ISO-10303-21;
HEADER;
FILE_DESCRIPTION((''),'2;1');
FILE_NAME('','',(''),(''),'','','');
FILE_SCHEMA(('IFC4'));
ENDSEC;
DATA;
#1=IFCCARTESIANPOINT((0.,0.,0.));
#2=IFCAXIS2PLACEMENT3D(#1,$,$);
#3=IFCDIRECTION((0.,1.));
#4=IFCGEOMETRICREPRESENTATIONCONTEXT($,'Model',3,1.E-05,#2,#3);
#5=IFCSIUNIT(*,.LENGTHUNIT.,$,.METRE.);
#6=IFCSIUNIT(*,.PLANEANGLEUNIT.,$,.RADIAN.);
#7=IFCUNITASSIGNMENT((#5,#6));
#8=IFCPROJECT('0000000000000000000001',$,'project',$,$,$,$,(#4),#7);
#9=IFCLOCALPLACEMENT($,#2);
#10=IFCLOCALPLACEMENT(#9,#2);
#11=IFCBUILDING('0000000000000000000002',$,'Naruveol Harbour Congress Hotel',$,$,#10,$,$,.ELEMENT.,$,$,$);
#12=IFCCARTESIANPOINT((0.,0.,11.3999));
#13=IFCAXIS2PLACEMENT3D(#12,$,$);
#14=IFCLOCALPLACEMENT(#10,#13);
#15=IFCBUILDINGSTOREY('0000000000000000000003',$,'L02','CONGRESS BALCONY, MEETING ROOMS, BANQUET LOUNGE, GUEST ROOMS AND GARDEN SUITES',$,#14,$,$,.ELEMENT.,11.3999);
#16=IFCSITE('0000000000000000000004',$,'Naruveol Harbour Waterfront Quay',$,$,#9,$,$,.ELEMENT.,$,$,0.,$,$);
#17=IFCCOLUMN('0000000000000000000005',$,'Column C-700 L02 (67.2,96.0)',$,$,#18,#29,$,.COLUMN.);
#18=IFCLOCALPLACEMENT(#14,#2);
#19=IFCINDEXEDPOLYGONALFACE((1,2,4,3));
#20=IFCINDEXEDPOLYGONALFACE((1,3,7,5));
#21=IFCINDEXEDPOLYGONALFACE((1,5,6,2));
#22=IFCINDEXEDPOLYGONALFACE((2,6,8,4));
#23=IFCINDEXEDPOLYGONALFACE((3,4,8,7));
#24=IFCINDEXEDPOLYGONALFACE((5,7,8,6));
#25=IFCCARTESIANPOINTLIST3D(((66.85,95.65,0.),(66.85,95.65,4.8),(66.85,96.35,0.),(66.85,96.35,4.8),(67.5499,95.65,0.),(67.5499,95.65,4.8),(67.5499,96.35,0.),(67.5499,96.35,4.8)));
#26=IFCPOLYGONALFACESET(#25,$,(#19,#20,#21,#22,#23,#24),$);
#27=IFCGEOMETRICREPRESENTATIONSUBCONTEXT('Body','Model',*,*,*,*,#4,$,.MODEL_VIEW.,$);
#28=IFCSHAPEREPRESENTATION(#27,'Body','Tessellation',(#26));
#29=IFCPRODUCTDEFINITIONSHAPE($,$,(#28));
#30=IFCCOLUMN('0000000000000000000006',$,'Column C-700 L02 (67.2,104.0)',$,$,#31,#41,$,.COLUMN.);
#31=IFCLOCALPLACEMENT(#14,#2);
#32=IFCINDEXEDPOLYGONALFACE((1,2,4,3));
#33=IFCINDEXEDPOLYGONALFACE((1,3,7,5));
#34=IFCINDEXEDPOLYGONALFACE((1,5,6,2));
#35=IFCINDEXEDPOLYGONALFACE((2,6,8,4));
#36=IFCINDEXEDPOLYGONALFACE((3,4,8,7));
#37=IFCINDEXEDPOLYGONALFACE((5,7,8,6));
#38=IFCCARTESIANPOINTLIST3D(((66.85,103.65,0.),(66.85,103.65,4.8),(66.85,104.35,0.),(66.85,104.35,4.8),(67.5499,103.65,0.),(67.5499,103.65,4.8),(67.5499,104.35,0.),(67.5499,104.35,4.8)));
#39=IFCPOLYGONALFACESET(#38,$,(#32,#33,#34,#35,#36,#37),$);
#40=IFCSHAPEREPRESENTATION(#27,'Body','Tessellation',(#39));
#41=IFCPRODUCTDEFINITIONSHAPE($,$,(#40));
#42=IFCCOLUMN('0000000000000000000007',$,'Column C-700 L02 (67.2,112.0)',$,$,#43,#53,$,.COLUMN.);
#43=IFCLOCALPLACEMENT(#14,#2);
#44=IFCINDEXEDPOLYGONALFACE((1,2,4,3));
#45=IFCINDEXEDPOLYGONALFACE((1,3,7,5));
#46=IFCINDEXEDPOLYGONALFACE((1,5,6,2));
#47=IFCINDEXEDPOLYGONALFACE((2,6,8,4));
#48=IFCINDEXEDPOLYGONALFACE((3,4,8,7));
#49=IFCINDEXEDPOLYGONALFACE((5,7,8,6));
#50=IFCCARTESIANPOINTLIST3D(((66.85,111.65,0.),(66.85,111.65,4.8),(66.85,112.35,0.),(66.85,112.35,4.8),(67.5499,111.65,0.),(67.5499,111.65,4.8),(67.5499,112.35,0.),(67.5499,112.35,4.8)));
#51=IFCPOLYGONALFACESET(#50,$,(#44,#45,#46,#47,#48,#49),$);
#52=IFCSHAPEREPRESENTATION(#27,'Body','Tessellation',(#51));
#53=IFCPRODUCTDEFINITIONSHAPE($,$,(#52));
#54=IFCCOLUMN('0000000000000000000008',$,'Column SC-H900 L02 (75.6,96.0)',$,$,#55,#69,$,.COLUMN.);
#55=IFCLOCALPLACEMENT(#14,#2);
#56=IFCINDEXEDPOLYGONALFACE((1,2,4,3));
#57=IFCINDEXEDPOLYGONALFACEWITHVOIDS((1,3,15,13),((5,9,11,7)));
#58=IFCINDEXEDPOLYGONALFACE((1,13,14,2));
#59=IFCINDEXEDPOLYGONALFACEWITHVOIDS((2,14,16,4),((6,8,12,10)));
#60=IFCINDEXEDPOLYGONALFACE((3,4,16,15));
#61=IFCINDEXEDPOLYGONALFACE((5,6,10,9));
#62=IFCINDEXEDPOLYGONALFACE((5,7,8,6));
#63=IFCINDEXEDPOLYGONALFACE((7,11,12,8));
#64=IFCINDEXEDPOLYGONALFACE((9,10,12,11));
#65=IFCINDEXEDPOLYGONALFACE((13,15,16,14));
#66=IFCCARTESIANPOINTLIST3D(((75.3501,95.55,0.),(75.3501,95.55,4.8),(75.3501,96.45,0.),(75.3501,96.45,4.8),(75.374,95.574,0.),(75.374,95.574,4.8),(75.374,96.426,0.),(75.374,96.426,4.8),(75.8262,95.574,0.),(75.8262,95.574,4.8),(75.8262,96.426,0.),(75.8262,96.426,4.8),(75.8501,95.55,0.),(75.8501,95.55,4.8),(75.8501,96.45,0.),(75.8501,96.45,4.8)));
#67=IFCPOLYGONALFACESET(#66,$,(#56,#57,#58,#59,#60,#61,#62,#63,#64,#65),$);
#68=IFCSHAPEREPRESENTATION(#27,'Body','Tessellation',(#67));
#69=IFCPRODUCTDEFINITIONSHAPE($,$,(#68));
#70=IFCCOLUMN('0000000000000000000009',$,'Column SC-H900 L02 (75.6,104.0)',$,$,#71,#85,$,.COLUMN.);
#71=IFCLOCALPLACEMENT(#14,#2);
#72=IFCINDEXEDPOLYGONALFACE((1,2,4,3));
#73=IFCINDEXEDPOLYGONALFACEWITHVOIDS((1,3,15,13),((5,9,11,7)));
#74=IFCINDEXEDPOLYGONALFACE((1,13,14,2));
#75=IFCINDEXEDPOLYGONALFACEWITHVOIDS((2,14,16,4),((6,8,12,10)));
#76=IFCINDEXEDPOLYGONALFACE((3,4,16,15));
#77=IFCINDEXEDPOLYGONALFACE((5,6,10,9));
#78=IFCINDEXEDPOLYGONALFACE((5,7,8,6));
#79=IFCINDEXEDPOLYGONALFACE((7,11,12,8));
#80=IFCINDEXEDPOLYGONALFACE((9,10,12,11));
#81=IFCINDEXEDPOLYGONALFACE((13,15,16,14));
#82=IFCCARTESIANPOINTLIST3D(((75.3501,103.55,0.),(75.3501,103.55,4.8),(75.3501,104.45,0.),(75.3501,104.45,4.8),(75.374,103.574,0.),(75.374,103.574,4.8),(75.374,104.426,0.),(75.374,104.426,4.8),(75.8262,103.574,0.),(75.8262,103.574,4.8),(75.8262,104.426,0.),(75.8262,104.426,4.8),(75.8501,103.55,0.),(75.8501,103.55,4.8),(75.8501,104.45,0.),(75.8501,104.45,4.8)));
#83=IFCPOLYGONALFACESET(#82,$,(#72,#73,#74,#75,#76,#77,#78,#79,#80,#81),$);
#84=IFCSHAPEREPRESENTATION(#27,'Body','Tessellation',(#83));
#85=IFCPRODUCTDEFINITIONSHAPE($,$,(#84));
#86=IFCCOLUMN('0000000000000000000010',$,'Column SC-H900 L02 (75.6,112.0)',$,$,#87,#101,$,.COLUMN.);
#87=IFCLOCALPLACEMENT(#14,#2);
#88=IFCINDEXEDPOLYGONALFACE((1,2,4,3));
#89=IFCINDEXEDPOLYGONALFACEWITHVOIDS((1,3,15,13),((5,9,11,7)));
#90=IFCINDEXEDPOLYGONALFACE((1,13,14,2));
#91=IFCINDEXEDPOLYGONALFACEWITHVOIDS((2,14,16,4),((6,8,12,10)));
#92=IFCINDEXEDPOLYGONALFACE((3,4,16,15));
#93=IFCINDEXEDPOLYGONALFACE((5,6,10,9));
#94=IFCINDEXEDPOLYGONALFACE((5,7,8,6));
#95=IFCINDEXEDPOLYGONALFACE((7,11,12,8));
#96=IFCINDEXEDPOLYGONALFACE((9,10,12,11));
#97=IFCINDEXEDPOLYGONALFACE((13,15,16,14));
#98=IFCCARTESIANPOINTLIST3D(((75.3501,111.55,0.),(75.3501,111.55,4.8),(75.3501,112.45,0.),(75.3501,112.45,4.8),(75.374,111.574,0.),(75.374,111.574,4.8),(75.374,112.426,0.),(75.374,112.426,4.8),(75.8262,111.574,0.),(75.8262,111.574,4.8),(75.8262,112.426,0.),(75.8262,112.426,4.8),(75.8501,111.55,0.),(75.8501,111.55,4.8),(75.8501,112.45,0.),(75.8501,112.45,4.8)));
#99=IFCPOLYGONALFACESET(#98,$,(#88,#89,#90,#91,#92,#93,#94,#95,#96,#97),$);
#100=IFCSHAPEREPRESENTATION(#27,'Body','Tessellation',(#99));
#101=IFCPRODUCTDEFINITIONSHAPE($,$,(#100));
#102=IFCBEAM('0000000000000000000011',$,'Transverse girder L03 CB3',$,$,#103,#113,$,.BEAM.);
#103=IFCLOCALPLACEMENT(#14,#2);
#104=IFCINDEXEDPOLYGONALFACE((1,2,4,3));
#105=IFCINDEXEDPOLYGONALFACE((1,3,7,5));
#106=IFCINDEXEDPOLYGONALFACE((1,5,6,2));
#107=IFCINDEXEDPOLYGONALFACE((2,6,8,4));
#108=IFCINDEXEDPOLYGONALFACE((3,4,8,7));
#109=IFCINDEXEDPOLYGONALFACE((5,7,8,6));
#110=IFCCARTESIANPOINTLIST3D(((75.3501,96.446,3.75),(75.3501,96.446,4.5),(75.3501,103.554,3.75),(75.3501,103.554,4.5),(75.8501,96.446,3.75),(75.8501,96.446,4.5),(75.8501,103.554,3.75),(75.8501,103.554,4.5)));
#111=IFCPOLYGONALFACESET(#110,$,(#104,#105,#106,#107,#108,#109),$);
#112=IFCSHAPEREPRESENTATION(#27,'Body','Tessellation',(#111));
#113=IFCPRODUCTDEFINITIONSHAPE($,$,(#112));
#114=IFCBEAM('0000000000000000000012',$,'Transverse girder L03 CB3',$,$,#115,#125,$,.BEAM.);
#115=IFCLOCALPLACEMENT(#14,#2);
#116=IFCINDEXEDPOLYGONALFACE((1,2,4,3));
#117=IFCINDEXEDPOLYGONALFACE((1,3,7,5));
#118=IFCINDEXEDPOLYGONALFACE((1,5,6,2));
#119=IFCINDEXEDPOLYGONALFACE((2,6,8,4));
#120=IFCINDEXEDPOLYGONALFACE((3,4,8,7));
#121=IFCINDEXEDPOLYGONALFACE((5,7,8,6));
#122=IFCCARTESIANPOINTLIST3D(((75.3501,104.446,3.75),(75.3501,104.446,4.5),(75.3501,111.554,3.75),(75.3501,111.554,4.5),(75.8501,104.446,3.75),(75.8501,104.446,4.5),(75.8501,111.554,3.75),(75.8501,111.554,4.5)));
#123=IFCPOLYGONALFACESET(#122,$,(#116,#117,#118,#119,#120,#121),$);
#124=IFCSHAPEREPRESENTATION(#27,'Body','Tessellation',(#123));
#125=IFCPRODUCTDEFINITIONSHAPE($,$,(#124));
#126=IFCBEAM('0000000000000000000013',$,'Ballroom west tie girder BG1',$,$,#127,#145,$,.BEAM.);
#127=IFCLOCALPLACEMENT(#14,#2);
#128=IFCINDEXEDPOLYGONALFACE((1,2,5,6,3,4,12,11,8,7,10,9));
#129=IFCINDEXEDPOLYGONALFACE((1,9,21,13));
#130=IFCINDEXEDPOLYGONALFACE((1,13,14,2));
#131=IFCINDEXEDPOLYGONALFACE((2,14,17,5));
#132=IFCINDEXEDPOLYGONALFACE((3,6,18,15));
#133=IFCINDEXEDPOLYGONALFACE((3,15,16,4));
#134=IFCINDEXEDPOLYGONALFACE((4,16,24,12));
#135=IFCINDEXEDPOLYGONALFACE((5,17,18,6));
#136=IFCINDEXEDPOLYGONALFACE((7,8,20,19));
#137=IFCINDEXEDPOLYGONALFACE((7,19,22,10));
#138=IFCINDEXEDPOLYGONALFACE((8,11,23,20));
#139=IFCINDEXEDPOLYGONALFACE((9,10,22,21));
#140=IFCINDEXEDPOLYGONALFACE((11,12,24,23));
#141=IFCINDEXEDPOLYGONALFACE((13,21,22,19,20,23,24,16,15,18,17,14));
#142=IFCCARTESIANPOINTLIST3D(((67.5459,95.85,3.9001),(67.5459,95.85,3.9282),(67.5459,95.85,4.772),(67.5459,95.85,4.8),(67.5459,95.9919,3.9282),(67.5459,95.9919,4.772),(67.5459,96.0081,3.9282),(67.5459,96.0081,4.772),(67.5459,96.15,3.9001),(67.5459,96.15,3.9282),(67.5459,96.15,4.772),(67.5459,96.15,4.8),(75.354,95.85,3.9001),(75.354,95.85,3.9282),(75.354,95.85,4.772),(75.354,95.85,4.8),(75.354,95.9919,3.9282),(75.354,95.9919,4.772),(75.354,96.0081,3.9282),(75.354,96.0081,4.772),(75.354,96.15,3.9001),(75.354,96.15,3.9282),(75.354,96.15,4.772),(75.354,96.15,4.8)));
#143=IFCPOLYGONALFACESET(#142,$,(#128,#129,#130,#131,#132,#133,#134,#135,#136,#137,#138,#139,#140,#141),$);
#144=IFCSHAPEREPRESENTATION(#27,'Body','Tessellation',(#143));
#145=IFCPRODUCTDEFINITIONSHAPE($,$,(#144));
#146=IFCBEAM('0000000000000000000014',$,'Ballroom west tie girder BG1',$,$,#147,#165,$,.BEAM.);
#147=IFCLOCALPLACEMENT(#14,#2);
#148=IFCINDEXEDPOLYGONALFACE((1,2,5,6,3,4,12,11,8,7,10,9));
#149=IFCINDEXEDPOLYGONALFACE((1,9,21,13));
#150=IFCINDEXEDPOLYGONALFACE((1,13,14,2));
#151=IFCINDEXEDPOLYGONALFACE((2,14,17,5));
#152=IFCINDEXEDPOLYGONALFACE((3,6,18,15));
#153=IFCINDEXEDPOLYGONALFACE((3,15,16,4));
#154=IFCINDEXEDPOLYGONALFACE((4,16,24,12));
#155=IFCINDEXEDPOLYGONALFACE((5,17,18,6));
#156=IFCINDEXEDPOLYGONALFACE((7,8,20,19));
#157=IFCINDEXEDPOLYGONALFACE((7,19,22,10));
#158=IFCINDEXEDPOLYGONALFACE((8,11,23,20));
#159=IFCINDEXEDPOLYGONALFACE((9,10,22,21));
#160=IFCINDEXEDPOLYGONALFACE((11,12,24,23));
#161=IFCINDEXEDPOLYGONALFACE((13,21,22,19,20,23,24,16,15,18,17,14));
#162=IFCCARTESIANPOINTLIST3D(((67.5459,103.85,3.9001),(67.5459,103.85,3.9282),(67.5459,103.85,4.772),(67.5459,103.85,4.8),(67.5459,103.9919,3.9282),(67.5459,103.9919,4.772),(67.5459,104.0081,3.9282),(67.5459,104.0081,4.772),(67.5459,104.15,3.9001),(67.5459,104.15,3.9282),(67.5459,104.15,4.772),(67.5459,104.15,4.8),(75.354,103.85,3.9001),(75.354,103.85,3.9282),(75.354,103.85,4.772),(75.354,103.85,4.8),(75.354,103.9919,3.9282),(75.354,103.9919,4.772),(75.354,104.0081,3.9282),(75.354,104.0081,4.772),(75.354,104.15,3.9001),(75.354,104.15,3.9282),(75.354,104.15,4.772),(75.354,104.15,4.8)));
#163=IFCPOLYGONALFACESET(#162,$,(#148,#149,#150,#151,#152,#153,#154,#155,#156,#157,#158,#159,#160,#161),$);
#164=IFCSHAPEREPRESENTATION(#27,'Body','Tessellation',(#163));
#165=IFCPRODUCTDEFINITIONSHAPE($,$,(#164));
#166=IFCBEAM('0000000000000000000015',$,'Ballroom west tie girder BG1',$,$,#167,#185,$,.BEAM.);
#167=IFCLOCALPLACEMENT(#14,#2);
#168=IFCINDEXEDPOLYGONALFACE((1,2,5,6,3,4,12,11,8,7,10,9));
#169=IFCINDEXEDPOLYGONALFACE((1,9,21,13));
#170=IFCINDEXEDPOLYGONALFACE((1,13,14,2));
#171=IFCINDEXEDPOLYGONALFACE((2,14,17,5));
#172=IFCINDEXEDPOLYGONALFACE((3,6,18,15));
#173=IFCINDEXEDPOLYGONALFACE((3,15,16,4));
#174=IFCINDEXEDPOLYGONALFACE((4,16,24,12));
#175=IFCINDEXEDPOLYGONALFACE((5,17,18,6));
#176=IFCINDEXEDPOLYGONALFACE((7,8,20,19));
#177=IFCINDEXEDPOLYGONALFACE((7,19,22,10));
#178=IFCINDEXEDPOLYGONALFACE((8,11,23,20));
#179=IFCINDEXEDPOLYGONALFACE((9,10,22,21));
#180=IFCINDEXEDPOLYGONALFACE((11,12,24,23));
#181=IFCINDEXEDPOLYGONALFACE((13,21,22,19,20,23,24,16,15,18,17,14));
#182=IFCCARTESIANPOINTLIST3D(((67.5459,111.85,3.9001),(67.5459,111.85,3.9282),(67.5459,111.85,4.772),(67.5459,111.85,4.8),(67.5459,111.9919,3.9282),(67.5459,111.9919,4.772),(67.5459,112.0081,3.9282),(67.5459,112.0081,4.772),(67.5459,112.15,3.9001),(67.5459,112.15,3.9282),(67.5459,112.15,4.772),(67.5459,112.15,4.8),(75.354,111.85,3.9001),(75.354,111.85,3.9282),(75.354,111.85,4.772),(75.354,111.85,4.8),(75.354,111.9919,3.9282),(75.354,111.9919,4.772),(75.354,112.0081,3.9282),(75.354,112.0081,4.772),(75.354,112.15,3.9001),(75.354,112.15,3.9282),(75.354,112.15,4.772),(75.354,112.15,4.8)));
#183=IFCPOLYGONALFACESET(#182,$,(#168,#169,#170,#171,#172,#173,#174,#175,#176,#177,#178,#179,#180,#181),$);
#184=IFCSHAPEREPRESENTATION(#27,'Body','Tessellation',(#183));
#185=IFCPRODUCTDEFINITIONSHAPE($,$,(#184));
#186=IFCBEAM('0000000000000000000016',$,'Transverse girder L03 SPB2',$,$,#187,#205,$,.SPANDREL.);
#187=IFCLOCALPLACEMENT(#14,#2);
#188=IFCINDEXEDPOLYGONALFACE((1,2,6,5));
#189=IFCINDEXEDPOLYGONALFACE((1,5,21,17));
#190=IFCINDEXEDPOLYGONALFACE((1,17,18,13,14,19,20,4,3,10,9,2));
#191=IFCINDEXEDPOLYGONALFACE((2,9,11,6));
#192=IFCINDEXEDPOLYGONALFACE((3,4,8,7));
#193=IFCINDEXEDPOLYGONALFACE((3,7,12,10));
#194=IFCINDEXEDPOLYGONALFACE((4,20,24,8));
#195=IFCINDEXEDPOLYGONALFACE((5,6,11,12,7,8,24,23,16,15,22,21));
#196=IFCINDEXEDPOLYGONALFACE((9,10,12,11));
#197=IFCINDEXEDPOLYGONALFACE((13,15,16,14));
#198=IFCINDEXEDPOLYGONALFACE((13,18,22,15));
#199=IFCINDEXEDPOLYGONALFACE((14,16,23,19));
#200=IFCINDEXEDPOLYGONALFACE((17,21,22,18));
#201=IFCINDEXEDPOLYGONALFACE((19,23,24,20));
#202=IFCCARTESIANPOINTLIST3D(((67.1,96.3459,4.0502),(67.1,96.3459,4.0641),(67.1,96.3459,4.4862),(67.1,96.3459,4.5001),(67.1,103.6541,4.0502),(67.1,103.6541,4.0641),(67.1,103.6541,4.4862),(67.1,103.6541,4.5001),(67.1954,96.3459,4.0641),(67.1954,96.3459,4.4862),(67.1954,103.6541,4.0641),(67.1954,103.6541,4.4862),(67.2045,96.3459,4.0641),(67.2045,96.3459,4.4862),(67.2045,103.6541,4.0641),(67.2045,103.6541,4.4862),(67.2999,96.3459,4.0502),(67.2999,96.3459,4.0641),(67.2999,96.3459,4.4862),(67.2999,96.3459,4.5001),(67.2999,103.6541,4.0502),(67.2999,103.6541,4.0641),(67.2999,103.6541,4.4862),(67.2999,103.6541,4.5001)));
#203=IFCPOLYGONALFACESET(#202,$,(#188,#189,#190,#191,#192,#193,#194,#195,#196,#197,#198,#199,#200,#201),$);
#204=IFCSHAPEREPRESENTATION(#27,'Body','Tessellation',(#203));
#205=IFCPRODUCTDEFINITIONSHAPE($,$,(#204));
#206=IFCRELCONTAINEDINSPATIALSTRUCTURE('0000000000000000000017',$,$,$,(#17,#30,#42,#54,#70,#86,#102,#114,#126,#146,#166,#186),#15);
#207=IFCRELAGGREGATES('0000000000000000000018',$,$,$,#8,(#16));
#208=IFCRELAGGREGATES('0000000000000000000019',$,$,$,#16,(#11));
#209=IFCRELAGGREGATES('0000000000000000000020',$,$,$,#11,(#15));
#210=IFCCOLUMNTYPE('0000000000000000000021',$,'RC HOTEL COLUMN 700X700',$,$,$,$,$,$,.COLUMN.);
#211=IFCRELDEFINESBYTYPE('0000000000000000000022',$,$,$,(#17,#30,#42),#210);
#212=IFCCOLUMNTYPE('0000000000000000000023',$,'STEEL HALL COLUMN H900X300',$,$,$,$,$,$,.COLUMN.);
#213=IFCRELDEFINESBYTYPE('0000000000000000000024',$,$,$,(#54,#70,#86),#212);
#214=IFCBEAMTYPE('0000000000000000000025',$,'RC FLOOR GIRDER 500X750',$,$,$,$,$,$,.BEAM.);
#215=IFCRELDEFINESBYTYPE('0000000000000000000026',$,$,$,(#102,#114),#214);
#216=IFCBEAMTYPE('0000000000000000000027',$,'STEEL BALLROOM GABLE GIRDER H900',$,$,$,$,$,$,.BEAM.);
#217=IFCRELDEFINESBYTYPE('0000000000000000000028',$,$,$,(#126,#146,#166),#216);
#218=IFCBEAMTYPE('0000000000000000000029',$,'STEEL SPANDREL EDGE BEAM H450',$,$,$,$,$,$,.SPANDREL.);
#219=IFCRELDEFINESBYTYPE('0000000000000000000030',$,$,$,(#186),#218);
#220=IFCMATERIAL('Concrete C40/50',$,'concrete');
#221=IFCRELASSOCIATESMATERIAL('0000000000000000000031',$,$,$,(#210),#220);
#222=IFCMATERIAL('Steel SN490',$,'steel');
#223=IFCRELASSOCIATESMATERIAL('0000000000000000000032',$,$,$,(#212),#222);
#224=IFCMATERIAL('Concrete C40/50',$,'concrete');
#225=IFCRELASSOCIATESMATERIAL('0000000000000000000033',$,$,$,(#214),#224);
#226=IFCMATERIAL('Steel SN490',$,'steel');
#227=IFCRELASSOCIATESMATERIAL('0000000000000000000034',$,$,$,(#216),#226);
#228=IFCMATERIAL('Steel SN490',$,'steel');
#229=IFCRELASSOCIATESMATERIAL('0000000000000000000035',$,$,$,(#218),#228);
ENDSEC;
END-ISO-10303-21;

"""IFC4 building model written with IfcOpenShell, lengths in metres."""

from ifc_helpers import new_model, si_unit, direction, frame, origin, origin_2d, place, context, subcontext, project, spatial, rectangle, hollow_rectangle, i_section, extrude, material, material_profile, profile_set, type_object, element, save


model = new_model("IFC4")

# Units and contexts
model_context = context("Model", 3, precision=1e-05, world=origin(), true_north=direction((0.0, 1.0)))
body_context = subcontext(model_context, "Body", "Model", "MODEL_VIEW")
ifc_project = project(units=[si_unit("LENGTHUNIT", "METRE"), si_unit("PLANEANGLEUNIT", "RADIAN")], contexts=[model_context])

# Site, building, storey
site_placement = place(None, origin())
site = spatial("IfcSite", under=ifc_project, at=site_placement, Name="Naruveol Harbour Waterfront Quay", CompositionType="ELEMENT", RefElevation=0.0)
building_placement = place(site_placement, origin())
building = spatial("IfcBuilding", under=site, at=building_placement, Name="Naruveol Harbour Congress Hotel", CompositionType="ELEMENT")
storey_placement = place(building_placement, frame((0.0, 0.0, 11.3999)))
storey = spatial("IfcBuildingStorey", under=building, at=storey_placement, Name="L02", Description="CONGRESS BALCONY, MEETING ROOMS, BANQUET LOUNGE, GUEST ROOMS AND GARDEN SUITES", CompositionType="ELEMENT", Elevation=11.3999)

# Columns
ifc_material_1 = material(Name="Concrete C40/50", Category="concrete")
ifc_material_profile_1 = material_profile(ifc_material_1, rectangle(XDim=0.7, YDim=0.7, at=origin_2d()), Name="RC-700x700")
ifc_profile_set_1 = profile_set([ifc_material_profile_1], Name="Concrete C40/50")
column_type_1 = type_object("IfcColumnType", Name="RC HOTEL COLUMN 700X700", PredefinedType="COLUMN", material=ifc_profile_set_1)
for number, where, z_axis, x_axis, name in (
    (1, (67.2, 96.0, 0.0), (0.0, 0.0, 1.0), (1.0, 0.0, 0.0), "Column C-700 L02 (67.2,96.0)"),
    (2, (67.2, 104.0, 0.0), (0.0, 0.0, 1.0), (1.0, 0.0, 0.0), "Column C-700 L02 (67.2,104.0)"),
    (3, (67.2, 112.0, 0.0), (0.0, 0.0, 1.0), (1.0, 0.0, 0.0), "Column C-700 L02 (67.2,112.0)"),
):
    element("IfcColumn", number, at=place(storey_placement, frame(where, z_axis=z_axis, x_axis=x_axis)), inside=storey, type_object=column_type_1, Name=name, PredefinedType="COLUMN", context=body_context, shape_type="SweptSolid", body=[
        extrude(rectangle(XDim=0.7, YDim=0.7, at=origin_2d()), origin(), (0.0, 0.0, 1.0), 4.8),
    ])
ifc_material_2 = material(Name="Steel SN490", Category="steel")
ifc_material_profile_2 = material_profile(ifc_material_2, hollow_rectangle(XDim=0.5, YDim=0.8999, WallThickness=0.0239, at=origin_2d()), Name="RHS-900x500x24")
ifc_profile_set_2 = profile_set([ifc_material_profile_2], Name="Steel SN490")
column_type_2 = type_object("IfcColumnType", Name="STEEL HALL COLUMN H900X300", PredefinedType="COLUMN", material=ifc_profile_set_2)
for number, where, z_axis, x_axis, name in (
    (4, (75.6001, 96.0, 0.0), (0.0, 0.0, 1.0), (1.0, 0.0, 0.0), "Column SC-H900 L02 (75.6,96.0)"),
    (5, (75.6001, 104.0, 0.0), (0.0, 0.0, 1.0), (1.0, 0.0, 0.0), "Column SC-H900 L02 (75.6,104.0)"),
    (6, (75.6001, 112.0, 0.0), (0.0, 0.0, 1.0), (1.0, 0.0, 0.0), "Column SC-H900 L02 (75.6,112.0)"),
):
    element("IfcColumn", number, at=place(storey_placement, frame(where, z_axis=z_axis, x_axis=x_axis)), inside=storey, type_object=column_type_2, Name=name, PredefinedType="COLUMN", context=body_context, shape_type="SweptSolid", body=[
        extrude(hollow_rectangle(XDim=0.5, YDim=0.8999, WallThickness=0.0239, at=origin_2d()), origin(), (0.0, 0.0, 1.0), 4.8),
    ])

# Beams
ifc_material_3 = material(Name="Concrete C40/50", Category="concrete")
ifc_material_profile_3 = material_profile(ifc_material_3, rectangle(XDim=0.5, YDim=0.75, at=origin_2d()), Name="RCB-500x750")
ifc_profile_set_3 = profile_set([ifc_material_profile_3], Name="Concrete C40/50")
beam_type_1 = type_object("IfcBeamType", Name="RC FLOOR GIRDER 500X750", PredefinedType="BEAM", material=ifc_profile_set_3)
for number, where, z_axis, x_axis, name in (
    (7, (75.6001, 96.446, 4.125), (0.0, 1.0, 0.0), (-1.0, 0.0, 0.0), "Transverse girder L03 CB3"),
    (8, (75.6001, 104.446, 4.125), (0.0, 1.0, 0.0), (-1.0, 0.0, 0.0), "Transverse girder L03 CB3"),
):
    element("IfcBeam", number, at=place(storey_placement, frame(where, z_axis=z_axis, x_axis=x_axis)), inside=storey, type_object=beam_type_1, Name=name, PredefinedType="BEAM", context=body_context, shape_type="SweptSolid", body=[
        extrude(rectangle(XDim=0.5, YDim=0.75, at=origin_2d()), origin(), (0.0, 0.0, 1.0), 7.1079),
    ])
ifc_material_4 = material(Name="Steel SN490", Category="steel")
ifc_material_profile_4 = material_profile(ifc_material_4, i_section(OverallWidth=0.3, OverallDepth=0.8999, WebThickness=0.0161, FlangeThickness=0.0281, at=origin_2d()), Name="H-900x300x16x28")
ifc_profile_set_4 = profile_set([ifc_material_profile_4], Name="Steel SN490")
beam_type_2 = type_object("IfcBeamType", Name="STEEL BALLROOM GABLE GIRDER H900", PredefinedType="BEAM", material=ifc_profile_set_4)
for number, where, z_axis, x_axis, name in (
    (9, (67.5459, 96.0, 4.3501), (1.0, 0.0, 0.0), (0.0, 1.0, 0.0), "Ballroom west tie girder BG1"),
    (10, (67.5459, 104.0, 4.3501), (1.0, 0.0, 0.0), (0.0, 1.0, 0.0), "Ballroom west tie girder BG1"),
    (11, (67.5459, 112.0, 4.3501), (1.0, 0.0, 0.0), (0.0, 1.0, 0.0), "Ballroom west tie girder BG1"),
):
    element("IfcBeam", number, at=place(storey_placement, frame(where, z_axis=z_axis, x_axis=x_axis)), inside=storey, type_object=beam_type_2, Name=name, PredefinedType="BEAM", context=body_context, shape_type="SweptSolid", body=[
        extrude(i_section(OverallWidth=0.3, OverallDepth=0.8999, WebThickness=0.0161, FlangeThickness=0.0281, at=origin_2d()), origin(), (0.0, 0.0, 1.0), 7.8081),
    ])
ifc_material_5 = material(Name="Steel SN490", Category="steel")
ifc_material_profile_5 = material_profile(ifc_material_5, i_section(OverallWidth=0.2, OverallDepth=0.45, WebThickness=0.009, FlangeThickness=0.0139, at=origin_2d()), Name="H-450x200x9x14")
ifc_profile_set_5 = profile_set([ifc_material_profile_5], Name="Steel SN490")
beam_type_3 = type_object("IfcBeamType", Name="STEEL SPANDREL EDGE BEAM H450", PredefinedType="SPANDREL", material=ifc_profile_set_5)
for number, where, z_axis, x_axis, name in (
    (12, (67.2, 96.3459, 4.2751), (0.0, 1.0, 0.0), (-1.0, 0.0, 0.0), "Transverse girder L03 SPB2"),
):
    element("IfcBeam", number, at=place(storey_placement, frame(where, z_axis=z_axis, x_axis=x_axis)), inside=storey, type_object=beam_type_3, Name=name, PredefinedType="SPANDREL", context=body_context, shape_type="SweptSolid", body=[
        extrude(i_section(OverallWidth=0.2, OverallDepth=0.45, WebThickness=0.009, FlangeThickness=0.0139, at=origin_2d()), origin(), (0.0, 0.0, 1.0), 7.3081),
    ])

save(model, "model.ifc")
